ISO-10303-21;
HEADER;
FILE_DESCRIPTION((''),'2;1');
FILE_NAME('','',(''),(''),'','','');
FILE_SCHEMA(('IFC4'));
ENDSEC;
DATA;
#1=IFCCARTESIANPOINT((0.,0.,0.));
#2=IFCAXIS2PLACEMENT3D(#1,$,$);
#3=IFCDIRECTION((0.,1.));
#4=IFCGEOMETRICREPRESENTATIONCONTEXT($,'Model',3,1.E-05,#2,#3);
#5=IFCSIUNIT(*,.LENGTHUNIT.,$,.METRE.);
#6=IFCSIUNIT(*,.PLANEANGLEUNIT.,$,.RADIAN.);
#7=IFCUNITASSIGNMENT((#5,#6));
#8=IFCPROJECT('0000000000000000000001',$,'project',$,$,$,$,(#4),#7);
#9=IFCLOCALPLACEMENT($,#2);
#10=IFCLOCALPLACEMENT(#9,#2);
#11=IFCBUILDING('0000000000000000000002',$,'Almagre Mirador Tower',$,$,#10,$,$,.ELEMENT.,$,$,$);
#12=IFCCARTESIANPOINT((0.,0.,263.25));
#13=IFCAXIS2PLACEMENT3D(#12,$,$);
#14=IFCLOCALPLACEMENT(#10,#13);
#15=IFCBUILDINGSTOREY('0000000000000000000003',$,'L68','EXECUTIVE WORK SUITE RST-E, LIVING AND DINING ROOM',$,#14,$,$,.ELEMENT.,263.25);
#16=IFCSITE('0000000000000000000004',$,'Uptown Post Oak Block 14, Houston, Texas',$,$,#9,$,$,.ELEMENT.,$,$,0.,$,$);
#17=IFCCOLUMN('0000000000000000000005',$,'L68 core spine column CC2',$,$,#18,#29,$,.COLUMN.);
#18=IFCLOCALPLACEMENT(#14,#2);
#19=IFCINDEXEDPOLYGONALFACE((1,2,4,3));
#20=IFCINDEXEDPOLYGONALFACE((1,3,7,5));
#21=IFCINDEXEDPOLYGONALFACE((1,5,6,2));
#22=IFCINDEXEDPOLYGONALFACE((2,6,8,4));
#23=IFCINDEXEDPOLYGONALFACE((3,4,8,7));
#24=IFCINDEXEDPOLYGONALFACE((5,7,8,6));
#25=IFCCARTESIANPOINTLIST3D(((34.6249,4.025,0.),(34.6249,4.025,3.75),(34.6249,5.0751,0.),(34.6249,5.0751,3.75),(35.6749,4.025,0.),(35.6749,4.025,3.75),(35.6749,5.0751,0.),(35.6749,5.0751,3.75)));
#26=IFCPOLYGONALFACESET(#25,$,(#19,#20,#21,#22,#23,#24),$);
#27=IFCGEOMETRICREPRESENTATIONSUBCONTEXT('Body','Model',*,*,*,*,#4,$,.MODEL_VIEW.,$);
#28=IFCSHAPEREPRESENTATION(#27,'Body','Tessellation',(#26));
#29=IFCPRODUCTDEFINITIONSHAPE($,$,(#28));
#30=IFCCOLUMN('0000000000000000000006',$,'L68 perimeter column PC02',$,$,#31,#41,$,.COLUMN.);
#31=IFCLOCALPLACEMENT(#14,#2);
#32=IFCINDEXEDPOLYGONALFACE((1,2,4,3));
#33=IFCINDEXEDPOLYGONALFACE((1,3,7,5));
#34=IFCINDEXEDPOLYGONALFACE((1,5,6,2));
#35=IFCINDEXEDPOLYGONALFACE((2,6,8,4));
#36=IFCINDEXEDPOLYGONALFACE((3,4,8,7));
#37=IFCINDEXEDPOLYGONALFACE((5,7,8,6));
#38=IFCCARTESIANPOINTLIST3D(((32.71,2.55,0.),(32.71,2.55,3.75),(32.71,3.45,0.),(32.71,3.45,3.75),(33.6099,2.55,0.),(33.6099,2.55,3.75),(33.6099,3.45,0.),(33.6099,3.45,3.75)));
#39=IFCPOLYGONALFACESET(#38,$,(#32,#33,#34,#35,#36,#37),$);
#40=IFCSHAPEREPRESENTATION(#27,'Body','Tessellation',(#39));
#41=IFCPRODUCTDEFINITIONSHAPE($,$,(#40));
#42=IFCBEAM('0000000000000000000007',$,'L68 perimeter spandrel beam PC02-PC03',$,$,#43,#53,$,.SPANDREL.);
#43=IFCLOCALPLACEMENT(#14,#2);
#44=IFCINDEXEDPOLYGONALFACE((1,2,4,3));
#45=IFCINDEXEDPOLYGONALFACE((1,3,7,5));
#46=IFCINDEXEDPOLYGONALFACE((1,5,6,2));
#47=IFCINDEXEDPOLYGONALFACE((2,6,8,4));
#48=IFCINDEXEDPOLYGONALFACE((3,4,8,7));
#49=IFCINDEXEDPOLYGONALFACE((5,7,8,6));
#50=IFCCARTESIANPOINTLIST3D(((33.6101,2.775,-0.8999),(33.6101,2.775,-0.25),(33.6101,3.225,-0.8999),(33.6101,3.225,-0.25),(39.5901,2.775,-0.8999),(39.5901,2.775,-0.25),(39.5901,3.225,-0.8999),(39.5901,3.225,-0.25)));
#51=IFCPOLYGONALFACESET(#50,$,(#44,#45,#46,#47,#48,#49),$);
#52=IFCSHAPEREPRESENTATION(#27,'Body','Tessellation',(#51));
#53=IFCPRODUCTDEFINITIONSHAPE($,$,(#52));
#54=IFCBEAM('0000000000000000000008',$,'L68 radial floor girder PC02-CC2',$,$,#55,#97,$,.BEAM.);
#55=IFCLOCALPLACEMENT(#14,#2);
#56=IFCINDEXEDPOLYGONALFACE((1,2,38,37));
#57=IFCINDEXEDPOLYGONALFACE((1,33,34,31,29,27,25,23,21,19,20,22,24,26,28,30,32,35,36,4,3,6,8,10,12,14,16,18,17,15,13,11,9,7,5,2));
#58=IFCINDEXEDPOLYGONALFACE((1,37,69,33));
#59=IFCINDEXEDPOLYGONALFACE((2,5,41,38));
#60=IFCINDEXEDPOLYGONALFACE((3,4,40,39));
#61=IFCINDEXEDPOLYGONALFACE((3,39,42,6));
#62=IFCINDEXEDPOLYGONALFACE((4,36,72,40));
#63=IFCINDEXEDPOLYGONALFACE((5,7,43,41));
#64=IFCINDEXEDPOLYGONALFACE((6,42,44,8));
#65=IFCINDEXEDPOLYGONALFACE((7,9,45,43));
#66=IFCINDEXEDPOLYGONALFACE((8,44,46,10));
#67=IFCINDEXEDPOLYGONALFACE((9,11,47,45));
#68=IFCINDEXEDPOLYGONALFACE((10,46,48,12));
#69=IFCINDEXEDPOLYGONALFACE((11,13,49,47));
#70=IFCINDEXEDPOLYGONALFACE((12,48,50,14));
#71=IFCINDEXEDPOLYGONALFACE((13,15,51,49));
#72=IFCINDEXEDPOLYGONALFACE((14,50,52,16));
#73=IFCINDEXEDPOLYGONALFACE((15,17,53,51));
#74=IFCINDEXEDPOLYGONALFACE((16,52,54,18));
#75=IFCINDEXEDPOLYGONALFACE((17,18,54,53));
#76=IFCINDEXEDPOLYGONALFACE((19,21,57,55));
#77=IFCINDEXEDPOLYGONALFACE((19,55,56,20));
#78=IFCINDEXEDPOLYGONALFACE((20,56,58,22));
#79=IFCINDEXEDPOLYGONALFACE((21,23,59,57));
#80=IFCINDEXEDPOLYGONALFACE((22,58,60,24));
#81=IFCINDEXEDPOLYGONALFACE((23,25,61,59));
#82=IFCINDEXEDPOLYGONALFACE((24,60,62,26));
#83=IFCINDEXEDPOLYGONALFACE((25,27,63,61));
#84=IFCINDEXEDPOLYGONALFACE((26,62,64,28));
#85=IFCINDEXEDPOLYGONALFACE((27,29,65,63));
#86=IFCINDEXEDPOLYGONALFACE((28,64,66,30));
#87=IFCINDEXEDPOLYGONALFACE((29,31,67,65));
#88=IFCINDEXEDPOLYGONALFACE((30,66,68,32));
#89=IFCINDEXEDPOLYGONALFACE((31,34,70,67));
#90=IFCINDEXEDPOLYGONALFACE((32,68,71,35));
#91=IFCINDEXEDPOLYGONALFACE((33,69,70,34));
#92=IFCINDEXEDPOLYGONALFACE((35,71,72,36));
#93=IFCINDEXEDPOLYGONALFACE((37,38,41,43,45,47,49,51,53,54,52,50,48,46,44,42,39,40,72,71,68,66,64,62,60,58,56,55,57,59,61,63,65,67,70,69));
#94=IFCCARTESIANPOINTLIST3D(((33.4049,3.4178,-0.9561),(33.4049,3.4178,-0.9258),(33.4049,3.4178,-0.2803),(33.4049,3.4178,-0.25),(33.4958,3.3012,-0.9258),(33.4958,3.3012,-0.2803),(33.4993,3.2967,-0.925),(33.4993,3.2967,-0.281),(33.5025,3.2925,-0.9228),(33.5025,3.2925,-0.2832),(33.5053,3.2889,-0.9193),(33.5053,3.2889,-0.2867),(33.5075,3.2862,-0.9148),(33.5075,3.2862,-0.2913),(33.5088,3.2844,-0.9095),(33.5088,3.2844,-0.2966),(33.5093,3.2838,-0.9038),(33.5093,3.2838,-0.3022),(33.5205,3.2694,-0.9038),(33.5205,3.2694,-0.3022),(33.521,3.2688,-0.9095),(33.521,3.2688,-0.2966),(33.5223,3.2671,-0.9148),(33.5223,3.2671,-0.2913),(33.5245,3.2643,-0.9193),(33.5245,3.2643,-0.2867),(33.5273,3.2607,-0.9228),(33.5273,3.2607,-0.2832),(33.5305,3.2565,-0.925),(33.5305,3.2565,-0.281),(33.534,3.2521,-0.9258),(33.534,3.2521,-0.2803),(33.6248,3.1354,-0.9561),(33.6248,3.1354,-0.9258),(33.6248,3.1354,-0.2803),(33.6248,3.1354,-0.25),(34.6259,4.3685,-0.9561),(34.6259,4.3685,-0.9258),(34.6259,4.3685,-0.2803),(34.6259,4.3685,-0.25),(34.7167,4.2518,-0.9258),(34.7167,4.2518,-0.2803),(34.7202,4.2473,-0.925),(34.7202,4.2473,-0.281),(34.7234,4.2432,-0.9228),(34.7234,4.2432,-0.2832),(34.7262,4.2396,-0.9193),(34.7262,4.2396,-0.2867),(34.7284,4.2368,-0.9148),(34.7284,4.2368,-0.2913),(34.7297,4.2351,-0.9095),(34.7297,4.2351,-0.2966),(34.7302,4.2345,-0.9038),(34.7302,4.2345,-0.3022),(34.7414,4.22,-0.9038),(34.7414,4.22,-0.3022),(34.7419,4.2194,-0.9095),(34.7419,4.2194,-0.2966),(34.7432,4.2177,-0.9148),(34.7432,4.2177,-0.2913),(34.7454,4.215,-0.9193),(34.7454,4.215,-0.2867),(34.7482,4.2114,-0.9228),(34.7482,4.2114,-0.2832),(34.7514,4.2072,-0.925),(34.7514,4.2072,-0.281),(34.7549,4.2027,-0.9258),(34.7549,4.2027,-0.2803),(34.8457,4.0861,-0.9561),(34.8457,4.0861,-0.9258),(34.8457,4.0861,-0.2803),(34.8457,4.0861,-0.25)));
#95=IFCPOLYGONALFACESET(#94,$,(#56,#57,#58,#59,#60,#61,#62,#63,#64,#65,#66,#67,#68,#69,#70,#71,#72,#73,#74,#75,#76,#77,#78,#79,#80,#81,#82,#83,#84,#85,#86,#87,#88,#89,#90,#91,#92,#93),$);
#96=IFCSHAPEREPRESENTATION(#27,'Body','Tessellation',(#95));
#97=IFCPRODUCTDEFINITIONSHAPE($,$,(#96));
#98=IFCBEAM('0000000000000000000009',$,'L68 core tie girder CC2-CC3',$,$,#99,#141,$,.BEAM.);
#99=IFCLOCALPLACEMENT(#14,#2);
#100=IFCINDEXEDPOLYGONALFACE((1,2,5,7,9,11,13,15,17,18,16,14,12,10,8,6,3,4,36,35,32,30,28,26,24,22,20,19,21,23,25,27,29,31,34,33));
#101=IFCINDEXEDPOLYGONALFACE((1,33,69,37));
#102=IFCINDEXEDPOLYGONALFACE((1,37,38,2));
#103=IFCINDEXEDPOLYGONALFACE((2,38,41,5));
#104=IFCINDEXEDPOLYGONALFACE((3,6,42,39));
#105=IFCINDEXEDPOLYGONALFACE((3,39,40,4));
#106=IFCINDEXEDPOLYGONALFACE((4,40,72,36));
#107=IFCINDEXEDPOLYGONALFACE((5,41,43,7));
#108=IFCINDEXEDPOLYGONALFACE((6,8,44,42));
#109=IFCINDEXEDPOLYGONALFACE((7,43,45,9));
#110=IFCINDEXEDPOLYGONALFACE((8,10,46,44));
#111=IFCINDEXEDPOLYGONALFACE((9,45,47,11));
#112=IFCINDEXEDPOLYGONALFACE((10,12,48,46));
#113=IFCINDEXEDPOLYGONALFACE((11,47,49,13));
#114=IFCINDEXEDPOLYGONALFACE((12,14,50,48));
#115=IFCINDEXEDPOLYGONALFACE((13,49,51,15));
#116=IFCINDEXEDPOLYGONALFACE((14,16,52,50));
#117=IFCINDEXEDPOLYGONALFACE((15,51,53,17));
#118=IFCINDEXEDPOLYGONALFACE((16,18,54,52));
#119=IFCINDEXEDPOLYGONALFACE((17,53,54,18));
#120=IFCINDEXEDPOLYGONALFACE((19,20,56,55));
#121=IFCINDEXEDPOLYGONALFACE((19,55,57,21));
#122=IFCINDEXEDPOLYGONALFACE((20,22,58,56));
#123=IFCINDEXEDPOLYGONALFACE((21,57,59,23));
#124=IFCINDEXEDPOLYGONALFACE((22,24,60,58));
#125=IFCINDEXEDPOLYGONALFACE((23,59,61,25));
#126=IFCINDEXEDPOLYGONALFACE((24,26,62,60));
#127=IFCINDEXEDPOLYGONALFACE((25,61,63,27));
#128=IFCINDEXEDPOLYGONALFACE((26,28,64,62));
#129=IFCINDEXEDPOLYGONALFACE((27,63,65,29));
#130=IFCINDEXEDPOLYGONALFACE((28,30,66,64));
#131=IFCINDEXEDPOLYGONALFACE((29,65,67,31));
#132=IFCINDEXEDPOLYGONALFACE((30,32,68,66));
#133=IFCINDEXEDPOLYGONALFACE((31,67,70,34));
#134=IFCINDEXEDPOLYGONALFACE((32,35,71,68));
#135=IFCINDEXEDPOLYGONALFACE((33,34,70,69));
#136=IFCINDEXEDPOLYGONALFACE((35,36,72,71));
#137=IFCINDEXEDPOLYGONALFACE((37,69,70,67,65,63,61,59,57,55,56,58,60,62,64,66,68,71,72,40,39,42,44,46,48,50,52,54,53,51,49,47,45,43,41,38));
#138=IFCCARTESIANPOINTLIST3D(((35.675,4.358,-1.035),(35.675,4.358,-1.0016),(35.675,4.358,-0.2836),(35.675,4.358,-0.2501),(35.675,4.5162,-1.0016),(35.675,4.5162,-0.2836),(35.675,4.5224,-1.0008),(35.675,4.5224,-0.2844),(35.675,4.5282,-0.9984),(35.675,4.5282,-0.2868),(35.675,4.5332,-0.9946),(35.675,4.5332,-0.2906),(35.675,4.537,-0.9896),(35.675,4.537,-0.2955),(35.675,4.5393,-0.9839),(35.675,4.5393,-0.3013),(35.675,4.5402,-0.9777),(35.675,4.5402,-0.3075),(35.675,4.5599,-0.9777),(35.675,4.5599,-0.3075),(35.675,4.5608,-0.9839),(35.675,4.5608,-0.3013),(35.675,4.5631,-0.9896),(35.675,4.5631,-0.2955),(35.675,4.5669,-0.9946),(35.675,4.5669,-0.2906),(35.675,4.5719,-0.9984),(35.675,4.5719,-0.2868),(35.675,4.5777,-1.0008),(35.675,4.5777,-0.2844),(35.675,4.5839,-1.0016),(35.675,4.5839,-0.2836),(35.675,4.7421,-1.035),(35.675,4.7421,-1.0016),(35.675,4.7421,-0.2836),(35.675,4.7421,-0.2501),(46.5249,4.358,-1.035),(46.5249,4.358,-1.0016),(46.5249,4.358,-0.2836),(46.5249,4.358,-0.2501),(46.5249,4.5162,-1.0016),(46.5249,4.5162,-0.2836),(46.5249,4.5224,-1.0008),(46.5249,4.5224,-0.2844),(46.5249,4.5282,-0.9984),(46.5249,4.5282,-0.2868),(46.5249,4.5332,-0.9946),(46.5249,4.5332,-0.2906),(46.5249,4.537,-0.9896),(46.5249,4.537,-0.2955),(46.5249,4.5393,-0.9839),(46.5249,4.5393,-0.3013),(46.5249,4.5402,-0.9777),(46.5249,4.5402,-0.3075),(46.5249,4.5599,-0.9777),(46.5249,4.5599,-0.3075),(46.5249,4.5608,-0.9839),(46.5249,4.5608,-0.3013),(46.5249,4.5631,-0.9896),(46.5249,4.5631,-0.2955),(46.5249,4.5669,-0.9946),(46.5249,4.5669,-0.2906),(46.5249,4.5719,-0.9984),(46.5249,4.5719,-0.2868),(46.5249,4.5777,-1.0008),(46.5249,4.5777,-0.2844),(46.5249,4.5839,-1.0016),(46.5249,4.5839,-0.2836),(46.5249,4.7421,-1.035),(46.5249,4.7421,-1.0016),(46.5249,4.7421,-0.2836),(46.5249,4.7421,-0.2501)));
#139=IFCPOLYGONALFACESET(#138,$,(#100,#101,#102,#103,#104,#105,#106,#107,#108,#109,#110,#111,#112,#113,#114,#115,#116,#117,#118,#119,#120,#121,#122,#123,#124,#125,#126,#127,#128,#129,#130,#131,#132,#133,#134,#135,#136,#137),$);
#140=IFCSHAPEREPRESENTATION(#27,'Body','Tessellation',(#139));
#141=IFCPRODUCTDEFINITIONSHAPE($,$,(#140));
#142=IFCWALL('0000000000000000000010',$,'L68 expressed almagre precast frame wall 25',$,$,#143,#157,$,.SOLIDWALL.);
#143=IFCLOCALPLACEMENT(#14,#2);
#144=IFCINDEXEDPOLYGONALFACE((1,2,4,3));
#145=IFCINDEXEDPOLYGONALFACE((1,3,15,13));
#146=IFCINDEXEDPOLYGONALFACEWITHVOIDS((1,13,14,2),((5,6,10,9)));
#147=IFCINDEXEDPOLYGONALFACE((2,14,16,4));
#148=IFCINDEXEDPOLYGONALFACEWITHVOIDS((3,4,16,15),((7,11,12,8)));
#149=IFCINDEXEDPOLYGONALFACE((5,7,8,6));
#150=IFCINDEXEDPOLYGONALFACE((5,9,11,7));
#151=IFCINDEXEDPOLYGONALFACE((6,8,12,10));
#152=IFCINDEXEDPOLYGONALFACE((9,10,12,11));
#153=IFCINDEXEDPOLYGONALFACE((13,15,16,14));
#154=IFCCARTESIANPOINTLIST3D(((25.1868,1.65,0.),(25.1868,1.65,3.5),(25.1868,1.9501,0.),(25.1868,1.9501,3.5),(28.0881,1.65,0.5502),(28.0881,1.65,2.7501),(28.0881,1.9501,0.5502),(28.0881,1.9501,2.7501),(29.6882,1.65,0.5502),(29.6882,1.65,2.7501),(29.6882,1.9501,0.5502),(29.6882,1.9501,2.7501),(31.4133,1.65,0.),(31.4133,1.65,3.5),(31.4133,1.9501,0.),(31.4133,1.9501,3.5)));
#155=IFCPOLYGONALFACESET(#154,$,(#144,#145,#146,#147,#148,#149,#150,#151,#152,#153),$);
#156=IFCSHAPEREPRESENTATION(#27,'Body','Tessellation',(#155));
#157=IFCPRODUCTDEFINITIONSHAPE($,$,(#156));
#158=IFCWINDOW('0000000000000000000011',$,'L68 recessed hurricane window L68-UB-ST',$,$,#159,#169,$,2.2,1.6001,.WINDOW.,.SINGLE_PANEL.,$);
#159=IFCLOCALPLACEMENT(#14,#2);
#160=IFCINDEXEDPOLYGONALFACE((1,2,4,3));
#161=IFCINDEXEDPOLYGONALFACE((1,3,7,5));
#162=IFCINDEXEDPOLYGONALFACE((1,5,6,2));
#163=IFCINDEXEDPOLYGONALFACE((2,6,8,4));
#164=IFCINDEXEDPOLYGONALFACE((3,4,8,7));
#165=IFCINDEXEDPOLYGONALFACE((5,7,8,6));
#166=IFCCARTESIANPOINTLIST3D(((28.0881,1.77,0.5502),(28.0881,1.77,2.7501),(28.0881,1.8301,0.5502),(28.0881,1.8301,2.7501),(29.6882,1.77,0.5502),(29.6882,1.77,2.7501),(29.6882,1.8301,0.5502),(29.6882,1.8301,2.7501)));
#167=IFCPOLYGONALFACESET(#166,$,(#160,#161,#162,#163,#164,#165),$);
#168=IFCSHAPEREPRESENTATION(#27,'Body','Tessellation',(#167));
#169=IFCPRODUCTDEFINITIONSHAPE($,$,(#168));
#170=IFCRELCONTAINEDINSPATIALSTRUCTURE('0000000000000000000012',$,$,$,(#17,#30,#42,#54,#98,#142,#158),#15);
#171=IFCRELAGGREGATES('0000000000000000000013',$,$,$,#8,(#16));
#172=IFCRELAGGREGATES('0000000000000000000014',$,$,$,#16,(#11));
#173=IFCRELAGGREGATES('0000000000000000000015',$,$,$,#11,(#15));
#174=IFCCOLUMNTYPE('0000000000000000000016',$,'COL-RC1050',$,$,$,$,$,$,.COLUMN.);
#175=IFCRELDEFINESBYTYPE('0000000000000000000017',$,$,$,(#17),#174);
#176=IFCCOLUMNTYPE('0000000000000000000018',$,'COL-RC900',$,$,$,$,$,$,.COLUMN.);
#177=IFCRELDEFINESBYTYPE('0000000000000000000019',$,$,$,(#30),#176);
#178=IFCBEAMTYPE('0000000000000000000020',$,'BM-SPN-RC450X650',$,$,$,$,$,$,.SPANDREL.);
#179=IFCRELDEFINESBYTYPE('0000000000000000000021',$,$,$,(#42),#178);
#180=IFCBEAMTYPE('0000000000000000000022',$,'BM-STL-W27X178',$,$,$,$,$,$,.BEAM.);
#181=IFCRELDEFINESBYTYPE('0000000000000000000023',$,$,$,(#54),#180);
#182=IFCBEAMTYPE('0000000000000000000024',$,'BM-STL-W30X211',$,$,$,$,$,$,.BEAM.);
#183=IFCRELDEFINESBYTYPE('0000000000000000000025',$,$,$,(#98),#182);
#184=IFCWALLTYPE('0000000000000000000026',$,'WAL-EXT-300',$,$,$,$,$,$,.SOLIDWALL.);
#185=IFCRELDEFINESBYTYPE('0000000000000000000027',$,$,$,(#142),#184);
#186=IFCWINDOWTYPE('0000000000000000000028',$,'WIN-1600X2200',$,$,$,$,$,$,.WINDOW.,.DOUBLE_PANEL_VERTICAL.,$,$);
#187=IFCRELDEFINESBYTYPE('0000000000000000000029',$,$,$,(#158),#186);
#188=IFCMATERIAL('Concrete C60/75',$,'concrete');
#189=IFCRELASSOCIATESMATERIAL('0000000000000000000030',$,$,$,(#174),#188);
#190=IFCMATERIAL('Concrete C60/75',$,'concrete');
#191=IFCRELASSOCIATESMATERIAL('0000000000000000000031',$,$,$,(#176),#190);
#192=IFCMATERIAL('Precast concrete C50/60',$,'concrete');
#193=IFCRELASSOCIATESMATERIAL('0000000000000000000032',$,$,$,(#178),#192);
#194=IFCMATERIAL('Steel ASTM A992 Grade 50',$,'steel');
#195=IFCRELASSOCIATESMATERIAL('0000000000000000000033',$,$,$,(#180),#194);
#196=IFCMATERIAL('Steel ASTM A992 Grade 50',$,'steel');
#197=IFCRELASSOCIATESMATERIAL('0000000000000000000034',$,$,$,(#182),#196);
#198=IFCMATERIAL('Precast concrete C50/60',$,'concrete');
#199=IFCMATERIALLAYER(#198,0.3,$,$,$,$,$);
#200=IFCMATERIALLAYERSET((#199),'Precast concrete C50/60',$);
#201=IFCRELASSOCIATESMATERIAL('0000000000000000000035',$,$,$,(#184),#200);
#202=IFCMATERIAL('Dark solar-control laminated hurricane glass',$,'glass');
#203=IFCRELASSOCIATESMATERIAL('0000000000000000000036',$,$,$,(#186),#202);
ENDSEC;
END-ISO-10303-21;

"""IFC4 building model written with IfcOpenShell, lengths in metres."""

from ifc_helpers import new_model, si_unit, direction, frame, frame_2d, origin, origin_2d, place, context, subcontext, project, spatial, rectangle, i_section, extrude, material, layer, layer_set, material_profile, profile_set, type_object, element, fill, save


model = new_model("IFC4")

# Units and contexts
model_context = context("Model", 3, precision=1e-05, world=origin(), true_north=direction((0.0, 1.0)))
body_context = subcontext(model_context, "Body", "Model", "MODEL_VIEW")
ifc_project = project(units=[si_unit("LENGTHUNIT", "METRE"), si_unit("PLANEANGLEUNIT", "RADIAN")], contexts=[model_context])

# Site, building, storey
site_placement = place(None, origin())
site = spatial("IfcSite", under=ifc_project, at=site_placement, Name="Uptown Post Oak Block 14, Houston, Texas", CompositionType="ELEMENT", RefElevation=0.0)
building_placement = place(site_placement, origin())
building = spatial("IfcBuilding", under=site, at=building_placement, Name="Almagre Mirador Tower", CompositionType="ELEMENT")
storey_placement = place(building_placement, frame((0.0, 0.0, 263.25)))
storey = spatial("IfcBuildingStorey", under=building, at=storey_placement, Name="L68", Description="EXECUTIVE WORK SUITE RST-E, LIVING AND DINING ROOM", CompositionType="ELEMENT", Elevation=263.25)

# Columns
ifc_material_1 = material(Name="Concrete C60/75", Category="concrete")
ifc_material_profile_1 = material_profile(ifc_material_1, rectangle(XDim=1.05, YDim=1.05, at=origin_2d()), Name="RC1050X1050")
ifc_profile_set_1 = profile_set([ifc_material_profile_1], Name="Concrete C60/75")
column_type_1 = type_object("IfcColumnType", Name="COL-RC1050", PredefinedType="COLUMN", material=ifc_profile_set_1)
column_1_placement = place(storey_placement, frame((35.1499, 4.55, 0.0), z_axis=(0.0, 0.0, 1.0), x_axis=(1.0, 0.0, 0.0)))
element("IfcColumn", 1, at=column_1_placement, inside=storey, type_object=column_type_1, Name="L68 core spine column CC2", PredefinedType="COLUMN", context=body_context, shape_type="SweptSolid", body=[
    extrude(rectangle(XDim=1.05, YDim=1.05, at=origin_2d()), origin(), (0.0, 0.0, 1.0), 3.75),
])
ifc_material_2 = material(Name="Concrete C60/75", Category="concrete")
ifc_material_profile_2 = material_profile(ifc_material_2, rectangle(XDim=0.8999, YDim=0.8999, at=origin_2d()), Name="RC900X900")
ifc_profile_set_2 = profile_set([ifc_material_profile_2], Name="Concrete C60/75")
column_type_2 = type_object("IfcColumnType", Name="COL-RC900", PredefinedType="COLUMN", material=ifc_profile_set_2)
column_2_placement = place(storey_placement, frame((33.1599, 3.0, 0.0), z_axis=(0.0, 0.0, 1.0), x_axis=(1.0, 0.0, 0.0)))
element("IfcColumn", 2, at=column_2_placement, inside=storey, type_object=column_type_2, Name="L68 perimeter column PC02", PredefinedType="COLUMN", context=body_context, shape_type="SweptSolid", body=[
    extrude(rectangle(XDim=0.8999, YDim=0.8999, at=origin_2d()), origin(), (0.0, 0.0, 1.0), 3.75),
])

# Beams
ifc_material_3 = material(Name="Precast concrete C50/60", Category="concrete")
ifc_material_profile_3 = material_profile(ifc_material_3, rectangle(XDim=0.45, YDim=0.6499, at=origin_2d()), Name="RC450X650")
ifc_profile_set_3 = profile_set([ifc_material_profile_3], Name="Precast concrete C50/60")
beam_type_1 = type_object("IfcBeamType", Name="BM-SPN-RC450X650", PredefinedType="SPANDREL", material=ifc_profile_set_3)
beam_1_placement = place(storey_placement, frame((33.6101, 3.0, -0.575), z_axis=(1.0, 0.0, 0.0), x_axis=(0.0, 1.0, 0.0)))
element("IfcBeam", 3, at=beam_1_placement, inside=storey, type_object=beam_type_1, Name="L68 perimeter spandrel beam PC02-PC03", PredefinedType="SPANDREL", context=body_context, shape_type="SweptSolid", body=[
    extrude(rectangle(XDim=0.45, YDim=0.6499, at=origin_2d()), origin(), (0.0, 0.0, 1.0), 5.98),
])
ifc_material_4 = material(Name="Steel ASTM A992 Grade 50", Category="steel")
ifc_material_profile_4 = material_profile(ifc_material_4, i_section(OverallWidth=0.3579, OverallDepth=0.7061, WebThickness=0.0183, FlangeThickness=0.0303, FilletRadius=0.022, at=origin_2d()), Name="W27X178")
ifc_profile_set_4 = profile_set([ifc_material_profile_4], Name="Steel ASTM A992 Grade 50")
beam_type_2 = type_object("IfcBeamType", Name="BM-STL-W27X178", PredefinedType="BEAM", material=ifc_profile_set_4)
beam_2_placement = place(storey_placement, frame((33.5149, 3.2766, -0.603), z_axis=(0.789021, 0.614367, 0.0), x_axis=(-0.614367, 0.789021, 0.0)))
element("IfcBeam", 4, at=beam_2_placement, inside=storey, type_object=beam_type_2, Name="L68 radial floor girder PC02-CC2", PredefinedType="BEAM", context=body_context, shape_type="SweptSolid", body=[
    extrude(i_section(OverallWidth=0.3579, OverallDepth=0.7061, WebThickness=0.0183, FlangeThickness=0.0303, FilletRadius=0.022, at=origin_2d()), origin(), (0.0, 0.0, 1.0), 1.5474),
])
ifc_material_5 = material(Name="Steel ASTM A992 Grade 50", Category="steel")
ifc_material_profile_5 = material_profile(ifc_material_5, i_section(OverallWidth=0.384, OverallDepth=0.7849, WebThickness=0.0198, FlangeThickness=0.0334, FilletRadius=0.0239, at=origin_2d()), Name="W30X211")
ifc_profile_set_5 = profile_set([ifc_material_profile_5], Name="Steel ASTM A992 Grade 50")
beam_type_3 = type_object("IfcBeamType", Name="BM-STL-W30X211", PredefinedType="BEAM", material=ifc_profile_set_5)
beam_3_placement = place(storey_placement, frame((35.675, 4.55, -0.6426), z_axis=(1.0, 0.0, 0.0), x_axis=(0.0, 1.0, 0.0)))
element("IfcBeam", 5, at=beam_3_placement, inside=storey, type_object=beam_type_3, Name="L68 core tie girder CC2-CC3", PredefinedType="BEAM", context=body_context, shape_type="SweptSolid", body=[
    extrude(i_section(OverallWidth=0.384, OverallDepth=0.7849, WebThickness=0.0198, FlangeThickness=0.0334, FilletRadius=0.0239, at=origin_2d()), origin(), (0.0, 0.0, 1.0), 10.8499),
])

# Wall, opening, window
ifc_material_6 = material(Name="Precast concrete C50/60", Category="concrete")
ifc_layer_1 = layer(ifc_material_6, 0.3)
ifc_layer_set_1 = layer_set([ifc_layer_1], Name="Precast concrete C50/60")
wall_type_1 = type_object("IfcWallType", Name="WAL-EXT-300", PredefinedType="SOLIDWALL", material=ifc_layer_set_1)
wall_1_placement = place(storey_placement, frame((31.4133, 1.8, 0.0), z_axis=(0.0, 0.0, 1.0), x_axis=(-1.0, 0.0, 0.0)))
wall_1 = element("IfcWall", 6, at=wall_1_placement, inside=storey, type_object=wall_type_1, Name="L68 expressed almagre precast frame wall 25", PredefinedType="SOLIDWALL", context=body_context, shape_type="SweptSolid", body=[
    extrude(rectangle(XDim=6.2266, YDim=0.3, at=frame_2d((3.1133, 0.0))), origin(), (0.0, 0.0, 1.0), 3.5),
])
opening_1_placement = place(wall_1_placement, frame((1.7251, 0.0, 0.55)))
opening_1 = element("IfcOpeningElement", 7, at=opening_1_placement, cuts=wall_1, PredefinedType="OPENING", context=body_context, shape_type="SweptSolid", body=[
    extrude(rectangle(XDim=1.6001, YDim=2.2, at=frame_2d((0.8, 1.1001))), frame((0.0, 0.1599, 0.0), z_axis=(0.0, -1.0, 0.0), x_axis=(1.0, 0.0, 0.0)), (0.0, 0.0, 1.0), 0.32),
])
ifc_material_7 = material(Name="Dark solar-control laminated hurricane glass", Category="glass")
window_type = type_object("IfcWindowType", Name="WIN-1600X2200", PartitioningType="DOUBLE_PANEL_VERTICAL", PredefinedType="WINDOW", material=ifc_material_7)
window_placement = place(opening_1_placement, origin())
window = element("IfcWindow", 8, at=window_placement, inside=storey, type_object=window_type, Name="L68 recessed hurricane window L68-UB-ST", OverallHeight=2.2, OverallWidth=1.6001, PartitioningType="SINGLE_PANEL", PredefinedType="WINDOW", context=body_context, shape_type="SweptSolid", body=[
    extrude(rectangle(XDim=1.6001, YDim=2.2, at=frame_2d((0.8, 1.1001))), frame((0.0, 0.03, 0.0), z_axis=(0.0, -1.0, 0.0), x_axis=(1.0, 0.0, 0.0)), (0.0, 0.0, 1.0), 0.0601),
])
fill(opening_1, window)

save(model, "model.ifc")
